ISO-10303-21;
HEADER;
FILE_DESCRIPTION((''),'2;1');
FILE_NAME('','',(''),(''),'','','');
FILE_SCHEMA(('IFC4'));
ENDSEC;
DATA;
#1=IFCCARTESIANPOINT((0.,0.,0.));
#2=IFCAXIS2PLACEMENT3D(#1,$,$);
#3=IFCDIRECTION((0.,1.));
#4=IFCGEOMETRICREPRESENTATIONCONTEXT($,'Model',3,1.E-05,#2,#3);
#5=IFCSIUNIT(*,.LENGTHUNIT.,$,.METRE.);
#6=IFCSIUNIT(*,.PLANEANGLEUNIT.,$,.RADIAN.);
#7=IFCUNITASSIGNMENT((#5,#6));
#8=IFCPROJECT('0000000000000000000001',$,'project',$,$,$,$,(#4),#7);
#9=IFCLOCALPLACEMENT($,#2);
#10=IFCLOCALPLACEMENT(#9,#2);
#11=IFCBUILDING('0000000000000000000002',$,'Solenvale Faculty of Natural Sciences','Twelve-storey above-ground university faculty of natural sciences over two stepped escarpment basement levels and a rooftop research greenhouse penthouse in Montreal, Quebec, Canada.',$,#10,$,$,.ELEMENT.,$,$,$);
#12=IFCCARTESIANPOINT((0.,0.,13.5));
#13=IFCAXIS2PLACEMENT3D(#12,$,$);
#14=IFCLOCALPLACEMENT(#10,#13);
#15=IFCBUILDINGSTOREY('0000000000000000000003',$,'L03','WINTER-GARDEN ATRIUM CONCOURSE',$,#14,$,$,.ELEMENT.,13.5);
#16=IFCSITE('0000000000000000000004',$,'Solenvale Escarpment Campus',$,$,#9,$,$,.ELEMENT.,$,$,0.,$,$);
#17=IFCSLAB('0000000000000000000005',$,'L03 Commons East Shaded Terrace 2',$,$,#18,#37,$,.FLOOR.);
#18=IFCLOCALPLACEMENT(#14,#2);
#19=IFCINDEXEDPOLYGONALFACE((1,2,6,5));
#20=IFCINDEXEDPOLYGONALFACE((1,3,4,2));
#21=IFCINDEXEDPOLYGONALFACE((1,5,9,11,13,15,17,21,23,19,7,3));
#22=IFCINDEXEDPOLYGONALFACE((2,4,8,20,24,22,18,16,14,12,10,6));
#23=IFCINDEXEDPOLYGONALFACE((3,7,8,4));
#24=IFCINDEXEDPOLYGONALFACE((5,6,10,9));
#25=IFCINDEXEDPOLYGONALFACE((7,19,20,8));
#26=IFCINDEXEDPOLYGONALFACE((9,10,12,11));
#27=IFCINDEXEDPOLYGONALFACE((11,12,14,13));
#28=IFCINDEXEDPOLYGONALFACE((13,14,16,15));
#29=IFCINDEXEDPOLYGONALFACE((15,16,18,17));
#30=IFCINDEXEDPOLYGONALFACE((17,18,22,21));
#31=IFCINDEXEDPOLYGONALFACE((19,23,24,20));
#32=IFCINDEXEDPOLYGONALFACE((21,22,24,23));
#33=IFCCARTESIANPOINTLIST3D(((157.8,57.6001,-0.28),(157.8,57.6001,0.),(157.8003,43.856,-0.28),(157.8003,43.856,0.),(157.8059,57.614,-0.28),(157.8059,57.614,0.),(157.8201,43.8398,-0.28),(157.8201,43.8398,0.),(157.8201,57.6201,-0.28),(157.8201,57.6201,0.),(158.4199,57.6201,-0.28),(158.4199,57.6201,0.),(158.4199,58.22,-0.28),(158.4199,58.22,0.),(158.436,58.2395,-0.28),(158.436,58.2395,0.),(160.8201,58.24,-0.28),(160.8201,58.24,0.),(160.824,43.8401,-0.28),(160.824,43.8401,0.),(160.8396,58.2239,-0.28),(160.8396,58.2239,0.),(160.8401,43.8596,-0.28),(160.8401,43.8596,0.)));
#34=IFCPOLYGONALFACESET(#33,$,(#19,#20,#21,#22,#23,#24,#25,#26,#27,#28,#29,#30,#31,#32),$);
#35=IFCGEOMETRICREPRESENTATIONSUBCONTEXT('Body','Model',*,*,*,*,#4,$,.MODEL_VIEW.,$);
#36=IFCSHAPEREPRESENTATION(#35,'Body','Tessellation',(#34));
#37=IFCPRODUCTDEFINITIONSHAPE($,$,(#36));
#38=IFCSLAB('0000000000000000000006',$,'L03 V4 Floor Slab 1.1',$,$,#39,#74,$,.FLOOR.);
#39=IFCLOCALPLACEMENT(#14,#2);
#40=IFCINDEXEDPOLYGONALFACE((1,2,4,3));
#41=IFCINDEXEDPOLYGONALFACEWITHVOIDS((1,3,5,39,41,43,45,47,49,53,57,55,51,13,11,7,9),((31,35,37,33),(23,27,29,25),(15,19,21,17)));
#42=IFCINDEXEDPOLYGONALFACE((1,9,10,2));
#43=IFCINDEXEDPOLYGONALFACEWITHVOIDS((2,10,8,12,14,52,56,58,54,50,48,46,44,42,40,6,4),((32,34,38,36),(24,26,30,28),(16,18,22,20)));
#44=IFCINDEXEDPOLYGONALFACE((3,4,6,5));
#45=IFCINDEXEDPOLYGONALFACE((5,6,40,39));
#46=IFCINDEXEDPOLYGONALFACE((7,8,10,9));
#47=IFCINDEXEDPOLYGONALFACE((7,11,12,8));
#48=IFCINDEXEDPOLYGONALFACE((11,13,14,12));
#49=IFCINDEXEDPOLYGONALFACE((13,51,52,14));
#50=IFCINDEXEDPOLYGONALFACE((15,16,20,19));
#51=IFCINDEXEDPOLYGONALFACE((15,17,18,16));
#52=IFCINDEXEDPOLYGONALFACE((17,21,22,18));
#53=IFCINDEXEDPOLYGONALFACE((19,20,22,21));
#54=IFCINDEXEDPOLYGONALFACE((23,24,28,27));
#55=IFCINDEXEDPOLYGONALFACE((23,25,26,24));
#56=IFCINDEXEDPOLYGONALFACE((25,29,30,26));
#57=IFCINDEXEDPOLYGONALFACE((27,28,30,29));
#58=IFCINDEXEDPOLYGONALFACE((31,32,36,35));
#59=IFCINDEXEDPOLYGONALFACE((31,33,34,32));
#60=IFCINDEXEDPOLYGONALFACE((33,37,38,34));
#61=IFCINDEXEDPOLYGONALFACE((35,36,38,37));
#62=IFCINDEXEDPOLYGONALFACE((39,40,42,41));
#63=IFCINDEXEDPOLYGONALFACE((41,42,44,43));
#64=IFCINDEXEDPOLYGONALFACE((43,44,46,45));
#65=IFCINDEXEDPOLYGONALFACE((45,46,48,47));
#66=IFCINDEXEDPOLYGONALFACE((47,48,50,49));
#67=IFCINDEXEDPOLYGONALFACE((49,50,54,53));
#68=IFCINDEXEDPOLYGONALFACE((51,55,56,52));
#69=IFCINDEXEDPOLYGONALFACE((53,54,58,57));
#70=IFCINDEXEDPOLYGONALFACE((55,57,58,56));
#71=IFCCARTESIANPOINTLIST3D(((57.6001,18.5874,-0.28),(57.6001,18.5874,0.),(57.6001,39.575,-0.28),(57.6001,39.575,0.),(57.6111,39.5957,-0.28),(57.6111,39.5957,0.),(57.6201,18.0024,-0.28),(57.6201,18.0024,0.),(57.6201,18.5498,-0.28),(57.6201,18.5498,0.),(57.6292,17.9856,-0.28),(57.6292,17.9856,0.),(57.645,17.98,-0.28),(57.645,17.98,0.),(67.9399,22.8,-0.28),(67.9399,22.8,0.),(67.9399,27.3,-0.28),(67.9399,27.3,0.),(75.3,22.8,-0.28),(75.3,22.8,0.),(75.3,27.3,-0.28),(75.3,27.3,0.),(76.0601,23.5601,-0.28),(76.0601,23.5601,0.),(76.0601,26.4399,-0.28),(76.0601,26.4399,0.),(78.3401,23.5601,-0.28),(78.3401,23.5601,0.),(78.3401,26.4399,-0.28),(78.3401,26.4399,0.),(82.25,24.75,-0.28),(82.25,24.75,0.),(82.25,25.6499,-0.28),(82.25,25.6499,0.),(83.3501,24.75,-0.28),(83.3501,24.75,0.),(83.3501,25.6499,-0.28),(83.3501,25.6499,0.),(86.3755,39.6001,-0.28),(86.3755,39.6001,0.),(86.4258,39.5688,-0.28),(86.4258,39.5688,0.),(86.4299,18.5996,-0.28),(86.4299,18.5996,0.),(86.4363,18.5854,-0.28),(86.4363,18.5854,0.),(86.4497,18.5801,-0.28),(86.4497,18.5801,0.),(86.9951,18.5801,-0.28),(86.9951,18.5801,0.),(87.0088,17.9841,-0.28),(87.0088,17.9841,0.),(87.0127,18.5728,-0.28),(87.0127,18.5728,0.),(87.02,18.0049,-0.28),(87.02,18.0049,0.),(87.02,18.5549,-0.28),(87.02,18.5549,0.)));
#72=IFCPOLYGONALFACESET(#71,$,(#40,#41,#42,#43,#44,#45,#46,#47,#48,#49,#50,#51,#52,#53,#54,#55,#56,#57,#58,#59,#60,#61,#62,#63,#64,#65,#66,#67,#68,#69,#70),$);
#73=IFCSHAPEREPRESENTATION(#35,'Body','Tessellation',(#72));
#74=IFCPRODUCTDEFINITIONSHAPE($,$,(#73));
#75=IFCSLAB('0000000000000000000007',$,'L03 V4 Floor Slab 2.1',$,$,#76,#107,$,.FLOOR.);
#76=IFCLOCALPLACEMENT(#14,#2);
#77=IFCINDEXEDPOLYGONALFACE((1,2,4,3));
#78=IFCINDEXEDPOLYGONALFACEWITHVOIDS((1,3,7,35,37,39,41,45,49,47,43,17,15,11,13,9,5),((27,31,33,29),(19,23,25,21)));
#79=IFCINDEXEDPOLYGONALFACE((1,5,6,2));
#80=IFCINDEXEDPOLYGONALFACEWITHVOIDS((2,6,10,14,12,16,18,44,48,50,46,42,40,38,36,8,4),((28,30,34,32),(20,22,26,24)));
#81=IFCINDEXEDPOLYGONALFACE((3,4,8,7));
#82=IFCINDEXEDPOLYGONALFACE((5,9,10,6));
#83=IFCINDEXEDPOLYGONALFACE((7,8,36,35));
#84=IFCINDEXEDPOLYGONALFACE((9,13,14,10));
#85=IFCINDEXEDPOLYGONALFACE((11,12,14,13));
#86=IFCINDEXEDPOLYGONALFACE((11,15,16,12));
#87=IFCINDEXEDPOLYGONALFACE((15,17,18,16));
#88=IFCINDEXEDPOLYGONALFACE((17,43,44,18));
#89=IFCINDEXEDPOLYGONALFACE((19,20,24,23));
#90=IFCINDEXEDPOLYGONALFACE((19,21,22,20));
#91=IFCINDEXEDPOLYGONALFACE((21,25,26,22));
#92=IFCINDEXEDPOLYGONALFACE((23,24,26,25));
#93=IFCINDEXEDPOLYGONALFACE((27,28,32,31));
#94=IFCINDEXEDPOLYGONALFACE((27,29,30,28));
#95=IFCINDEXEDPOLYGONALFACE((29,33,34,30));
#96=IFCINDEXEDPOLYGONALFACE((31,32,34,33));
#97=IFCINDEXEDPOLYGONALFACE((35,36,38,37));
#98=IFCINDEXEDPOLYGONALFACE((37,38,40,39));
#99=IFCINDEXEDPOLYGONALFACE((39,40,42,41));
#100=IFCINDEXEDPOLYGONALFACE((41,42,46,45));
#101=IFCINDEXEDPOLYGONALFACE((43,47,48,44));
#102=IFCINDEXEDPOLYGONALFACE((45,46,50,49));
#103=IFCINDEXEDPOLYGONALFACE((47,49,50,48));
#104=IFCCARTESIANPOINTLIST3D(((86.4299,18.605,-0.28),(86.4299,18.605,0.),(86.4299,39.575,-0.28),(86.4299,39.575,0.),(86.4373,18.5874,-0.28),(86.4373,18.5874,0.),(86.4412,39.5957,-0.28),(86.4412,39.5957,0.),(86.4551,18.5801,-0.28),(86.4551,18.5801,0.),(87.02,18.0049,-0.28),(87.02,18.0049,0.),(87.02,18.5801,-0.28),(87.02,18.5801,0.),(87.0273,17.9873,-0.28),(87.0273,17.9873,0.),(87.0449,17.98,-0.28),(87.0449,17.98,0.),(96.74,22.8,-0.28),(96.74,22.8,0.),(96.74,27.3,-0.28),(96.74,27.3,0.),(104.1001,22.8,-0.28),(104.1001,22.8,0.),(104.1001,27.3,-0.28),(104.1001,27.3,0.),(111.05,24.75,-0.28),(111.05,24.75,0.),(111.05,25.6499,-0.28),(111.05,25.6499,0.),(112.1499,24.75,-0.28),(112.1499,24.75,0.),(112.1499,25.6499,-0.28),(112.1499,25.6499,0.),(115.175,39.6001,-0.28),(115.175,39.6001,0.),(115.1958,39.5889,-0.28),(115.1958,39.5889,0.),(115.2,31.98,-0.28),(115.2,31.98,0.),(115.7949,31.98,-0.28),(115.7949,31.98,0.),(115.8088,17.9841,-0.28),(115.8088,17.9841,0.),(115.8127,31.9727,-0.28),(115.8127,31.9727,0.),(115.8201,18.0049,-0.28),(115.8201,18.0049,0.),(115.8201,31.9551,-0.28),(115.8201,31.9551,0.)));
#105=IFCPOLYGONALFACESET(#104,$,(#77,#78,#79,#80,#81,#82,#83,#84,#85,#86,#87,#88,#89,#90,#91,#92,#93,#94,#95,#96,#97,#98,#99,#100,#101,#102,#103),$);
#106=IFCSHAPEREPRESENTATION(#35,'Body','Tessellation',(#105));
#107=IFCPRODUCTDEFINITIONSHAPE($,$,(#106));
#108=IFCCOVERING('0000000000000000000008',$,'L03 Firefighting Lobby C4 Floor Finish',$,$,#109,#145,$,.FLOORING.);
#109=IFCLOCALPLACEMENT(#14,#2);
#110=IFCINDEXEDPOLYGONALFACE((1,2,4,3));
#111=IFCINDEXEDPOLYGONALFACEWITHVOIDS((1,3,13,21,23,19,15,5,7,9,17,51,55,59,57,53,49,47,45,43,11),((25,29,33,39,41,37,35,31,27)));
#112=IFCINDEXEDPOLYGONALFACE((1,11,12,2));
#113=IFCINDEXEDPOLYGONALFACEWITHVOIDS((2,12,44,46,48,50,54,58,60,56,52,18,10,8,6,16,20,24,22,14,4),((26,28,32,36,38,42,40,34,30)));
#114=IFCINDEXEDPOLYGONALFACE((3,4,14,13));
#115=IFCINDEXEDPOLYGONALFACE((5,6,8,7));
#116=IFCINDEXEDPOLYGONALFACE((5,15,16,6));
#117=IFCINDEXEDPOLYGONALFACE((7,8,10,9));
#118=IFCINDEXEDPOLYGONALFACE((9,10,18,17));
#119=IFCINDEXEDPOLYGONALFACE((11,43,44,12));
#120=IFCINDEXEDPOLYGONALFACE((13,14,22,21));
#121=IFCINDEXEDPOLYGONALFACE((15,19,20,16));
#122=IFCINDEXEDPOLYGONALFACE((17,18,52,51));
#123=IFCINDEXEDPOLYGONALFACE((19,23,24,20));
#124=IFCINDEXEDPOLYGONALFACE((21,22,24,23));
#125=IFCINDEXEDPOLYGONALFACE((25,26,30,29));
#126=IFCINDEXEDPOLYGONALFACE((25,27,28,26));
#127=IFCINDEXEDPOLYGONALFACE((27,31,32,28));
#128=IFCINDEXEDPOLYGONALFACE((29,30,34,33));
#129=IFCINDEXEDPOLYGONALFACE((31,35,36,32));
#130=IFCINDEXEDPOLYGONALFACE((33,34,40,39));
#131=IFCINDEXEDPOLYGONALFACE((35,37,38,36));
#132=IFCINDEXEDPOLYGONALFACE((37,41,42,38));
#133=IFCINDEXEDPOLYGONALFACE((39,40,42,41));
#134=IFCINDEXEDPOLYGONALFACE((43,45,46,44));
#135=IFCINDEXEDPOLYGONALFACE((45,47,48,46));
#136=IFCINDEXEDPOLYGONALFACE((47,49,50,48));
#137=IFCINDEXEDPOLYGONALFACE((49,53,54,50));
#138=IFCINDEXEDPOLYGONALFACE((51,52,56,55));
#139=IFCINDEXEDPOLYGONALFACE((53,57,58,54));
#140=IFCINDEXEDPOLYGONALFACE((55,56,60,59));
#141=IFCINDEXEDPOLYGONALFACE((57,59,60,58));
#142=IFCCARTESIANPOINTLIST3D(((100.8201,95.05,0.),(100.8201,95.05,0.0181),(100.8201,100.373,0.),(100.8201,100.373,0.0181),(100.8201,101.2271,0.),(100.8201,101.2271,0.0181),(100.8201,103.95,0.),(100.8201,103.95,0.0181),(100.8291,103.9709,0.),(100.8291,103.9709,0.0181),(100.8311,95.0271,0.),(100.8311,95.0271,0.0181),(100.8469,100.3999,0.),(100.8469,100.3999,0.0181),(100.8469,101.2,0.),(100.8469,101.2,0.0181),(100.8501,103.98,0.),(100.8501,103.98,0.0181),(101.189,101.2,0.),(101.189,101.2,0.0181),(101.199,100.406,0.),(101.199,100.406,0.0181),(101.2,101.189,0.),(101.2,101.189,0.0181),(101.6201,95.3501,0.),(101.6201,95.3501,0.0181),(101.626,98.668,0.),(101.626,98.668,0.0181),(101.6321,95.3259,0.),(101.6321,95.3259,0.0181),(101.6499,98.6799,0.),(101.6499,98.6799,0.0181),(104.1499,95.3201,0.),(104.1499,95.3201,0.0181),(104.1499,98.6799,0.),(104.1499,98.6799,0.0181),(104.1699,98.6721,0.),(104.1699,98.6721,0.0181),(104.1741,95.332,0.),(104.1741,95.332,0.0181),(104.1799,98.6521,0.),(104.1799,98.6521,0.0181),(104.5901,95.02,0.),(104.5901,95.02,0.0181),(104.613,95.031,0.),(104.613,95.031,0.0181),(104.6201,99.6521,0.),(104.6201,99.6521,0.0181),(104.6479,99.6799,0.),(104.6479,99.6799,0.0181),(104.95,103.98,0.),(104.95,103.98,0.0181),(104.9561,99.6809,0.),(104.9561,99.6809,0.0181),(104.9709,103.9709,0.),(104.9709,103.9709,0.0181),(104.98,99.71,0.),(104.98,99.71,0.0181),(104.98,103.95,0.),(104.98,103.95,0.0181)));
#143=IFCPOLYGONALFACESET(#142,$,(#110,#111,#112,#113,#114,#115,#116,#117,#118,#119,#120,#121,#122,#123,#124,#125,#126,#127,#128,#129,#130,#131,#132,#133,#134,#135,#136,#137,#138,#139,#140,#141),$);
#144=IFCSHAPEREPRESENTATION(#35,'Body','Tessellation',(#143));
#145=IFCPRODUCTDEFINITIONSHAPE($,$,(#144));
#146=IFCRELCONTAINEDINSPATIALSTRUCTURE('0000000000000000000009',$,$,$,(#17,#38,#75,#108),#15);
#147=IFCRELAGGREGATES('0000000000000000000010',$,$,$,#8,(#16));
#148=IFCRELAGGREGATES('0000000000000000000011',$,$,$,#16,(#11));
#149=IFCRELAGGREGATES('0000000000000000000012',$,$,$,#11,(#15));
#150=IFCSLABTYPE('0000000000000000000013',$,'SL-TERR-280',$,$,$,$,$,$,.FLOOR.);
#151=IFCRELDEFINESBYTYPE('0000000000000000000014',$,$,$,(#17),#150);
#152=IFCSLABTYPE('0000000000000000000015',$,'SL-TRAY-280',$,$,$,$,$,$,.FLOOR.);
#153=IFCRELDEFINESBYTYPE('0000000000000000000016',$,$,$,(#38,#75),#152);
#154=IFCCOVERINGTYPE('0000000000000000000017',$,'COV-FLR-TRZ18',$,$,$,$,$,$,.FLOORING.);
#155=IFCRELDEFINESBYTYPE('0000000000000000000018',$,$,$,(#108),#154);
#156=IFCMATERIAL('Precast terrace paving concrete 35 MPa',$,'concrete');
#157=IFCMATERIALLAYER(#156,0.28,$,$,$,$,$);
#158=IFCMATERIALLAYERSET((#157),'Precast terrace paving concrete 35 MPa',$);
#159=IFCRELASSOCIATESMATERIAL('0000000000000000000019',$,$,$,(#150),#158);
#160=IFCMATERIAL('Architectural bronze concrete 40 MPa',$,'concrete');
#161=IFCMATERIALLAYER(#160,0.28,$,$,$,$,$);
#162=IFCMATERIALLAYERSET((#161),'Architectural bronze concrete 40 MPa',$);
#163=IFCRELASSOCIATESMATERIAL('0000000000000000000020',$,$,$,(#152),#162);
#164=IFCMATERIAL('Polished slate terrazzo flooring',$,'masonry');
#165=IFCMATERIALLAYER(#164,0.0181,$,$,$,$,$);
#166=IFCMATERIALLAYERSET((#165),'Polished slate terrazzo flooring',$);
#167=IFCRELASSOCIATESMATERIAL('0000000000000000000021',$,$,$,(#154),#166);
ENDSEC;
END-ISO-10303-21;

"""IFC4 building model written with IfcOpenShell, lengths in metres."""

from ifc_helpers import new_model, si_unit, direction, frame, origin, place, context, subcontext, project, spatial, polyline, outline, extrude, material, layer, layer_set, type_object, element, save


model = new_model("IFC4")

# Units and contexts
model_context = context("Model", 3, precision=1e-05, world=origin(), true_north=direction((0.0, 1.0)))
body_context = subcontext(model_context, "Body", "Model", "MODEL_VIEW")
ifc_project = project(units=[si_unit("LENGTHUNIT", "METRE"), si_unit("PLANEANGLEUNIT", "RADIAN")], contexts=[model_context])

# Site, building, storey
site_placement = place(None, origin())
site = spatial("IfcSite", under=ifc_project, at=site_placement, Name="Solenvale Escarpment Campus", CompositionType="ELEMENT", RefElevation=0.0)
building_placement = place(site_placement, origin())
building = spatial("IfcBuilding", under=site, at=building_placement, Name="Solenvale Faculty of Natural Sciences", Description="Twelve-storey above-ground university faculty of natural sciences over two stepped escarpment basement levels and a rooftop research greenhouse penthouse in Montreal, Quebec, Canada.", CompositionType="ELEMENT")
storey_placement = place(building_placement, frame((0.0, 0.0, 13.5)))
storey = spatial("IfcBuildingStorey", under=building, at=storey_placement, Name="L03", Description="WINTER-GARDEN ATRIUM CONCOURSE", CompositionType="ELEMENT", Elevation=13.5)

# Slabs
ifc_material_1 = material(Name="Precast terrace paving concrete 35 MPa", Category="concrete")
ifc_layer_1 = layer(ifc_material_1, 0.28)
ifc_layer_set_1 = layer_set([ifc_layer_1], Name="Precast terrace paving concrete 35 MPa")
slab_type_1 = type_object("IfcSlabType", Name="SL-TERR-280", PredefinedType="FLOOR", material=ifc_layer_set_1)
slab_1_placement = place(storey_placement, frame((0.0, 0.0, -0.28)))
element("IfcSlab", 1, at=slab_1_placement, inside=storey, type_object=slab_type_1, Name="L03 Commons East Shaded Terrace 2", PredefinedType="FLOOR", context=body_context, shape_type="SweptSolid", body=[
    extrude(outline(polyline([(157.8, 57.6001), (157.8059, 57.614), (157.8201, 57.6201), (158.4199, 57.6201), (158.4199, 58.22), (158.436, 58.2395), (160.8201, 58.24), (160.8396, 58.2239), (160.8401, 43.8596), (160.824, 43.8401), (157.8201, 43.8398), (157.8003, 43.856), (157.8, 57.6001)])), origin(), (0.0, 0.0, 1.0), 0.28),
])
ifc_material_2 = material(Name="Architectural bronze concrete 40 MPa", Category="concrete")
ifc_layer_2 = layer(ifc_material_2, 0.28)
ifc_layer_set_2 = layer_set([ifc_layer_2], Name="Architectural bronze concrete 40 MPa")
slab_type_2 = type_object("IfcSlabType", Name="SL-TRAY-280", PredefinedType="FLOOR", material=ifc_layer_set_2)
slab_2_placement = place(storey_placement, frame((0.0, 0.0, -0.28)))
element("IfcSlab", 2, at=slab_2_placement, inside=storey, type_object=slab_type_2, Name="L03 V4 Floor Slab 1.1", PredefinedType="FLOOR", context=body_context, shape_type="SweptSolid", body=[
    extrude(outline(polyline([(57.6201, 18.5498), (57.6001, 18.5874), (57.6001, 39.575), (57.6111, 39.5957), (86.3755, 39.6001), (86.4258, 39.5688), (86.4299, 18.5996), (86.4363, 18.5854), (86.4497, 18.5801), (86.9951, 18.5801), (87.0127, 18.5728), (87.02, 18.5549), (87.02, 18.0049), (87.0088, 17.9841), (57.645, 17.98), (57.6292, 17.9856), (57.6201, 18.0024), (57.6201, 18.5498)]), holes=[polyline([(82.25, 24.75), (83.3501, 24.75), (83.3501, 25.6499), (82.25, 25.6499), (82.25, 24.75)]), polyline([(76.0601, 23.5601), (78.3401, 23.5601), (78.3401, 26.4399), (76.0601, 26.4399), (76.0601, 23.5601)]), polyline([(67.9399, 22.8), (75.3, 22.8), (75.3, 27.3), (67.9399, 27.3), (67.9399, 22.8)])]), origin(), (0.0, 0.0, 1.0), 0.28),
])
slab_3_placement = place(storey_placement, frame((0.0, 0.0, -0.28)))
element("IfcSlab", 3, at=slab_3_placement, inside=storey, type_object=slab_type_2, Name="L03 V4 Floor Slab 2.1", PredefinedType="FLOOR", context=body_context, shape_type="SweptSolid", body=[
    extrude(outline(polyline([(86.4551, 18.5801), (86.4373, 18.5874), (86.4299, 18.605), (86.4299, 39.575), (86.4412, 39.5957), (115.175, 39.6001), (115.1958, 39.5889), (115.2, 31.98), (115.7949, 31.98), (115.8127, 31.9727), (115.8201, 31.9551), (115.8201, 18.0049), (115.8088, 17.9841), (87.0449, 17.98), (87.0273, 17.9873), (87.02, 18.0049), (87.02, 18.5801), (86.4551, 18.5801)]), holes=[polyline([(111.05, 24.75), (112.1499, 24.75), (112.1499, 25.6499), (111.05, 25.6499), (111.05, 24.75)]), polyline([(96.74, 22.8), (104.1001, 22.8), (104.1001, 27.3), (96.74, 27.3), (96.74, 22.8)])]), origin(), (0.0, 0.0, 1.0), 0.28),
])

# Covering
ifc_material_3 = material(Name="Polished slate terrazzo flooring", Category="masonry")
ifc_layer_3 = layer(ifc_material_3, 0.0181)
ifc_layer_set_3 = layer_set([ifc_layer_3], Name="Polished slate terrazzo flooring")
covering_type_1 = type_object("IfcCoveringType", Name="COV-FLR-TRZ18", PredefinedType="FLOORING", material=ifc_layer_set_3)
covering_1_placement = place(storey_placement, origin())
element("IfcCovering", 4, at=covering_1_placement, inside=storey, type_object=covering_type_1, Name="L03 Firefighting Lobby C4 Floor Finish", PredefinedType="FLOORING", context=body_context, shape_type="SweptSolid", body=[
    extrude(outline(polyline([(104.98, 99.71), (104.9561, 99.6809), (104.6479, 99.6799), (104.6201, 99.6521), (104.613, 95.031), (104.5901, 95.02), (100.8311, 95.0271), (100.8201, 95.05), (100.8201, 100.373), (100.8469, 100.3999), (101.199, 100.406), (101.2, 101.189), (101.189, 101.2), (100.8469, 101.2), (100.8201, 101.2271), (100.8201, 103.95), (100.8291, 103.9709), (100.8501, 103.98), (104.95, 103.98), (104.9709, 103.9709), (104.98, 103.95), (104.98, 99.71)]), holes=[polyline([(104.1799, 98.6521), (104.1699, 98.6721), (104.1499, 98.6799), (101.6499, 98.6799), (101.626, 98.668), (101.6201, 95.3501), (101.6321, 95.3259), (104.1499, 95.3201), (104.1741, 95.332), (104.1799, 98.6521)])]), origin(), (0.0, 0.0, 1.0), 0.0181),
])

save(model, "model.ifc")
